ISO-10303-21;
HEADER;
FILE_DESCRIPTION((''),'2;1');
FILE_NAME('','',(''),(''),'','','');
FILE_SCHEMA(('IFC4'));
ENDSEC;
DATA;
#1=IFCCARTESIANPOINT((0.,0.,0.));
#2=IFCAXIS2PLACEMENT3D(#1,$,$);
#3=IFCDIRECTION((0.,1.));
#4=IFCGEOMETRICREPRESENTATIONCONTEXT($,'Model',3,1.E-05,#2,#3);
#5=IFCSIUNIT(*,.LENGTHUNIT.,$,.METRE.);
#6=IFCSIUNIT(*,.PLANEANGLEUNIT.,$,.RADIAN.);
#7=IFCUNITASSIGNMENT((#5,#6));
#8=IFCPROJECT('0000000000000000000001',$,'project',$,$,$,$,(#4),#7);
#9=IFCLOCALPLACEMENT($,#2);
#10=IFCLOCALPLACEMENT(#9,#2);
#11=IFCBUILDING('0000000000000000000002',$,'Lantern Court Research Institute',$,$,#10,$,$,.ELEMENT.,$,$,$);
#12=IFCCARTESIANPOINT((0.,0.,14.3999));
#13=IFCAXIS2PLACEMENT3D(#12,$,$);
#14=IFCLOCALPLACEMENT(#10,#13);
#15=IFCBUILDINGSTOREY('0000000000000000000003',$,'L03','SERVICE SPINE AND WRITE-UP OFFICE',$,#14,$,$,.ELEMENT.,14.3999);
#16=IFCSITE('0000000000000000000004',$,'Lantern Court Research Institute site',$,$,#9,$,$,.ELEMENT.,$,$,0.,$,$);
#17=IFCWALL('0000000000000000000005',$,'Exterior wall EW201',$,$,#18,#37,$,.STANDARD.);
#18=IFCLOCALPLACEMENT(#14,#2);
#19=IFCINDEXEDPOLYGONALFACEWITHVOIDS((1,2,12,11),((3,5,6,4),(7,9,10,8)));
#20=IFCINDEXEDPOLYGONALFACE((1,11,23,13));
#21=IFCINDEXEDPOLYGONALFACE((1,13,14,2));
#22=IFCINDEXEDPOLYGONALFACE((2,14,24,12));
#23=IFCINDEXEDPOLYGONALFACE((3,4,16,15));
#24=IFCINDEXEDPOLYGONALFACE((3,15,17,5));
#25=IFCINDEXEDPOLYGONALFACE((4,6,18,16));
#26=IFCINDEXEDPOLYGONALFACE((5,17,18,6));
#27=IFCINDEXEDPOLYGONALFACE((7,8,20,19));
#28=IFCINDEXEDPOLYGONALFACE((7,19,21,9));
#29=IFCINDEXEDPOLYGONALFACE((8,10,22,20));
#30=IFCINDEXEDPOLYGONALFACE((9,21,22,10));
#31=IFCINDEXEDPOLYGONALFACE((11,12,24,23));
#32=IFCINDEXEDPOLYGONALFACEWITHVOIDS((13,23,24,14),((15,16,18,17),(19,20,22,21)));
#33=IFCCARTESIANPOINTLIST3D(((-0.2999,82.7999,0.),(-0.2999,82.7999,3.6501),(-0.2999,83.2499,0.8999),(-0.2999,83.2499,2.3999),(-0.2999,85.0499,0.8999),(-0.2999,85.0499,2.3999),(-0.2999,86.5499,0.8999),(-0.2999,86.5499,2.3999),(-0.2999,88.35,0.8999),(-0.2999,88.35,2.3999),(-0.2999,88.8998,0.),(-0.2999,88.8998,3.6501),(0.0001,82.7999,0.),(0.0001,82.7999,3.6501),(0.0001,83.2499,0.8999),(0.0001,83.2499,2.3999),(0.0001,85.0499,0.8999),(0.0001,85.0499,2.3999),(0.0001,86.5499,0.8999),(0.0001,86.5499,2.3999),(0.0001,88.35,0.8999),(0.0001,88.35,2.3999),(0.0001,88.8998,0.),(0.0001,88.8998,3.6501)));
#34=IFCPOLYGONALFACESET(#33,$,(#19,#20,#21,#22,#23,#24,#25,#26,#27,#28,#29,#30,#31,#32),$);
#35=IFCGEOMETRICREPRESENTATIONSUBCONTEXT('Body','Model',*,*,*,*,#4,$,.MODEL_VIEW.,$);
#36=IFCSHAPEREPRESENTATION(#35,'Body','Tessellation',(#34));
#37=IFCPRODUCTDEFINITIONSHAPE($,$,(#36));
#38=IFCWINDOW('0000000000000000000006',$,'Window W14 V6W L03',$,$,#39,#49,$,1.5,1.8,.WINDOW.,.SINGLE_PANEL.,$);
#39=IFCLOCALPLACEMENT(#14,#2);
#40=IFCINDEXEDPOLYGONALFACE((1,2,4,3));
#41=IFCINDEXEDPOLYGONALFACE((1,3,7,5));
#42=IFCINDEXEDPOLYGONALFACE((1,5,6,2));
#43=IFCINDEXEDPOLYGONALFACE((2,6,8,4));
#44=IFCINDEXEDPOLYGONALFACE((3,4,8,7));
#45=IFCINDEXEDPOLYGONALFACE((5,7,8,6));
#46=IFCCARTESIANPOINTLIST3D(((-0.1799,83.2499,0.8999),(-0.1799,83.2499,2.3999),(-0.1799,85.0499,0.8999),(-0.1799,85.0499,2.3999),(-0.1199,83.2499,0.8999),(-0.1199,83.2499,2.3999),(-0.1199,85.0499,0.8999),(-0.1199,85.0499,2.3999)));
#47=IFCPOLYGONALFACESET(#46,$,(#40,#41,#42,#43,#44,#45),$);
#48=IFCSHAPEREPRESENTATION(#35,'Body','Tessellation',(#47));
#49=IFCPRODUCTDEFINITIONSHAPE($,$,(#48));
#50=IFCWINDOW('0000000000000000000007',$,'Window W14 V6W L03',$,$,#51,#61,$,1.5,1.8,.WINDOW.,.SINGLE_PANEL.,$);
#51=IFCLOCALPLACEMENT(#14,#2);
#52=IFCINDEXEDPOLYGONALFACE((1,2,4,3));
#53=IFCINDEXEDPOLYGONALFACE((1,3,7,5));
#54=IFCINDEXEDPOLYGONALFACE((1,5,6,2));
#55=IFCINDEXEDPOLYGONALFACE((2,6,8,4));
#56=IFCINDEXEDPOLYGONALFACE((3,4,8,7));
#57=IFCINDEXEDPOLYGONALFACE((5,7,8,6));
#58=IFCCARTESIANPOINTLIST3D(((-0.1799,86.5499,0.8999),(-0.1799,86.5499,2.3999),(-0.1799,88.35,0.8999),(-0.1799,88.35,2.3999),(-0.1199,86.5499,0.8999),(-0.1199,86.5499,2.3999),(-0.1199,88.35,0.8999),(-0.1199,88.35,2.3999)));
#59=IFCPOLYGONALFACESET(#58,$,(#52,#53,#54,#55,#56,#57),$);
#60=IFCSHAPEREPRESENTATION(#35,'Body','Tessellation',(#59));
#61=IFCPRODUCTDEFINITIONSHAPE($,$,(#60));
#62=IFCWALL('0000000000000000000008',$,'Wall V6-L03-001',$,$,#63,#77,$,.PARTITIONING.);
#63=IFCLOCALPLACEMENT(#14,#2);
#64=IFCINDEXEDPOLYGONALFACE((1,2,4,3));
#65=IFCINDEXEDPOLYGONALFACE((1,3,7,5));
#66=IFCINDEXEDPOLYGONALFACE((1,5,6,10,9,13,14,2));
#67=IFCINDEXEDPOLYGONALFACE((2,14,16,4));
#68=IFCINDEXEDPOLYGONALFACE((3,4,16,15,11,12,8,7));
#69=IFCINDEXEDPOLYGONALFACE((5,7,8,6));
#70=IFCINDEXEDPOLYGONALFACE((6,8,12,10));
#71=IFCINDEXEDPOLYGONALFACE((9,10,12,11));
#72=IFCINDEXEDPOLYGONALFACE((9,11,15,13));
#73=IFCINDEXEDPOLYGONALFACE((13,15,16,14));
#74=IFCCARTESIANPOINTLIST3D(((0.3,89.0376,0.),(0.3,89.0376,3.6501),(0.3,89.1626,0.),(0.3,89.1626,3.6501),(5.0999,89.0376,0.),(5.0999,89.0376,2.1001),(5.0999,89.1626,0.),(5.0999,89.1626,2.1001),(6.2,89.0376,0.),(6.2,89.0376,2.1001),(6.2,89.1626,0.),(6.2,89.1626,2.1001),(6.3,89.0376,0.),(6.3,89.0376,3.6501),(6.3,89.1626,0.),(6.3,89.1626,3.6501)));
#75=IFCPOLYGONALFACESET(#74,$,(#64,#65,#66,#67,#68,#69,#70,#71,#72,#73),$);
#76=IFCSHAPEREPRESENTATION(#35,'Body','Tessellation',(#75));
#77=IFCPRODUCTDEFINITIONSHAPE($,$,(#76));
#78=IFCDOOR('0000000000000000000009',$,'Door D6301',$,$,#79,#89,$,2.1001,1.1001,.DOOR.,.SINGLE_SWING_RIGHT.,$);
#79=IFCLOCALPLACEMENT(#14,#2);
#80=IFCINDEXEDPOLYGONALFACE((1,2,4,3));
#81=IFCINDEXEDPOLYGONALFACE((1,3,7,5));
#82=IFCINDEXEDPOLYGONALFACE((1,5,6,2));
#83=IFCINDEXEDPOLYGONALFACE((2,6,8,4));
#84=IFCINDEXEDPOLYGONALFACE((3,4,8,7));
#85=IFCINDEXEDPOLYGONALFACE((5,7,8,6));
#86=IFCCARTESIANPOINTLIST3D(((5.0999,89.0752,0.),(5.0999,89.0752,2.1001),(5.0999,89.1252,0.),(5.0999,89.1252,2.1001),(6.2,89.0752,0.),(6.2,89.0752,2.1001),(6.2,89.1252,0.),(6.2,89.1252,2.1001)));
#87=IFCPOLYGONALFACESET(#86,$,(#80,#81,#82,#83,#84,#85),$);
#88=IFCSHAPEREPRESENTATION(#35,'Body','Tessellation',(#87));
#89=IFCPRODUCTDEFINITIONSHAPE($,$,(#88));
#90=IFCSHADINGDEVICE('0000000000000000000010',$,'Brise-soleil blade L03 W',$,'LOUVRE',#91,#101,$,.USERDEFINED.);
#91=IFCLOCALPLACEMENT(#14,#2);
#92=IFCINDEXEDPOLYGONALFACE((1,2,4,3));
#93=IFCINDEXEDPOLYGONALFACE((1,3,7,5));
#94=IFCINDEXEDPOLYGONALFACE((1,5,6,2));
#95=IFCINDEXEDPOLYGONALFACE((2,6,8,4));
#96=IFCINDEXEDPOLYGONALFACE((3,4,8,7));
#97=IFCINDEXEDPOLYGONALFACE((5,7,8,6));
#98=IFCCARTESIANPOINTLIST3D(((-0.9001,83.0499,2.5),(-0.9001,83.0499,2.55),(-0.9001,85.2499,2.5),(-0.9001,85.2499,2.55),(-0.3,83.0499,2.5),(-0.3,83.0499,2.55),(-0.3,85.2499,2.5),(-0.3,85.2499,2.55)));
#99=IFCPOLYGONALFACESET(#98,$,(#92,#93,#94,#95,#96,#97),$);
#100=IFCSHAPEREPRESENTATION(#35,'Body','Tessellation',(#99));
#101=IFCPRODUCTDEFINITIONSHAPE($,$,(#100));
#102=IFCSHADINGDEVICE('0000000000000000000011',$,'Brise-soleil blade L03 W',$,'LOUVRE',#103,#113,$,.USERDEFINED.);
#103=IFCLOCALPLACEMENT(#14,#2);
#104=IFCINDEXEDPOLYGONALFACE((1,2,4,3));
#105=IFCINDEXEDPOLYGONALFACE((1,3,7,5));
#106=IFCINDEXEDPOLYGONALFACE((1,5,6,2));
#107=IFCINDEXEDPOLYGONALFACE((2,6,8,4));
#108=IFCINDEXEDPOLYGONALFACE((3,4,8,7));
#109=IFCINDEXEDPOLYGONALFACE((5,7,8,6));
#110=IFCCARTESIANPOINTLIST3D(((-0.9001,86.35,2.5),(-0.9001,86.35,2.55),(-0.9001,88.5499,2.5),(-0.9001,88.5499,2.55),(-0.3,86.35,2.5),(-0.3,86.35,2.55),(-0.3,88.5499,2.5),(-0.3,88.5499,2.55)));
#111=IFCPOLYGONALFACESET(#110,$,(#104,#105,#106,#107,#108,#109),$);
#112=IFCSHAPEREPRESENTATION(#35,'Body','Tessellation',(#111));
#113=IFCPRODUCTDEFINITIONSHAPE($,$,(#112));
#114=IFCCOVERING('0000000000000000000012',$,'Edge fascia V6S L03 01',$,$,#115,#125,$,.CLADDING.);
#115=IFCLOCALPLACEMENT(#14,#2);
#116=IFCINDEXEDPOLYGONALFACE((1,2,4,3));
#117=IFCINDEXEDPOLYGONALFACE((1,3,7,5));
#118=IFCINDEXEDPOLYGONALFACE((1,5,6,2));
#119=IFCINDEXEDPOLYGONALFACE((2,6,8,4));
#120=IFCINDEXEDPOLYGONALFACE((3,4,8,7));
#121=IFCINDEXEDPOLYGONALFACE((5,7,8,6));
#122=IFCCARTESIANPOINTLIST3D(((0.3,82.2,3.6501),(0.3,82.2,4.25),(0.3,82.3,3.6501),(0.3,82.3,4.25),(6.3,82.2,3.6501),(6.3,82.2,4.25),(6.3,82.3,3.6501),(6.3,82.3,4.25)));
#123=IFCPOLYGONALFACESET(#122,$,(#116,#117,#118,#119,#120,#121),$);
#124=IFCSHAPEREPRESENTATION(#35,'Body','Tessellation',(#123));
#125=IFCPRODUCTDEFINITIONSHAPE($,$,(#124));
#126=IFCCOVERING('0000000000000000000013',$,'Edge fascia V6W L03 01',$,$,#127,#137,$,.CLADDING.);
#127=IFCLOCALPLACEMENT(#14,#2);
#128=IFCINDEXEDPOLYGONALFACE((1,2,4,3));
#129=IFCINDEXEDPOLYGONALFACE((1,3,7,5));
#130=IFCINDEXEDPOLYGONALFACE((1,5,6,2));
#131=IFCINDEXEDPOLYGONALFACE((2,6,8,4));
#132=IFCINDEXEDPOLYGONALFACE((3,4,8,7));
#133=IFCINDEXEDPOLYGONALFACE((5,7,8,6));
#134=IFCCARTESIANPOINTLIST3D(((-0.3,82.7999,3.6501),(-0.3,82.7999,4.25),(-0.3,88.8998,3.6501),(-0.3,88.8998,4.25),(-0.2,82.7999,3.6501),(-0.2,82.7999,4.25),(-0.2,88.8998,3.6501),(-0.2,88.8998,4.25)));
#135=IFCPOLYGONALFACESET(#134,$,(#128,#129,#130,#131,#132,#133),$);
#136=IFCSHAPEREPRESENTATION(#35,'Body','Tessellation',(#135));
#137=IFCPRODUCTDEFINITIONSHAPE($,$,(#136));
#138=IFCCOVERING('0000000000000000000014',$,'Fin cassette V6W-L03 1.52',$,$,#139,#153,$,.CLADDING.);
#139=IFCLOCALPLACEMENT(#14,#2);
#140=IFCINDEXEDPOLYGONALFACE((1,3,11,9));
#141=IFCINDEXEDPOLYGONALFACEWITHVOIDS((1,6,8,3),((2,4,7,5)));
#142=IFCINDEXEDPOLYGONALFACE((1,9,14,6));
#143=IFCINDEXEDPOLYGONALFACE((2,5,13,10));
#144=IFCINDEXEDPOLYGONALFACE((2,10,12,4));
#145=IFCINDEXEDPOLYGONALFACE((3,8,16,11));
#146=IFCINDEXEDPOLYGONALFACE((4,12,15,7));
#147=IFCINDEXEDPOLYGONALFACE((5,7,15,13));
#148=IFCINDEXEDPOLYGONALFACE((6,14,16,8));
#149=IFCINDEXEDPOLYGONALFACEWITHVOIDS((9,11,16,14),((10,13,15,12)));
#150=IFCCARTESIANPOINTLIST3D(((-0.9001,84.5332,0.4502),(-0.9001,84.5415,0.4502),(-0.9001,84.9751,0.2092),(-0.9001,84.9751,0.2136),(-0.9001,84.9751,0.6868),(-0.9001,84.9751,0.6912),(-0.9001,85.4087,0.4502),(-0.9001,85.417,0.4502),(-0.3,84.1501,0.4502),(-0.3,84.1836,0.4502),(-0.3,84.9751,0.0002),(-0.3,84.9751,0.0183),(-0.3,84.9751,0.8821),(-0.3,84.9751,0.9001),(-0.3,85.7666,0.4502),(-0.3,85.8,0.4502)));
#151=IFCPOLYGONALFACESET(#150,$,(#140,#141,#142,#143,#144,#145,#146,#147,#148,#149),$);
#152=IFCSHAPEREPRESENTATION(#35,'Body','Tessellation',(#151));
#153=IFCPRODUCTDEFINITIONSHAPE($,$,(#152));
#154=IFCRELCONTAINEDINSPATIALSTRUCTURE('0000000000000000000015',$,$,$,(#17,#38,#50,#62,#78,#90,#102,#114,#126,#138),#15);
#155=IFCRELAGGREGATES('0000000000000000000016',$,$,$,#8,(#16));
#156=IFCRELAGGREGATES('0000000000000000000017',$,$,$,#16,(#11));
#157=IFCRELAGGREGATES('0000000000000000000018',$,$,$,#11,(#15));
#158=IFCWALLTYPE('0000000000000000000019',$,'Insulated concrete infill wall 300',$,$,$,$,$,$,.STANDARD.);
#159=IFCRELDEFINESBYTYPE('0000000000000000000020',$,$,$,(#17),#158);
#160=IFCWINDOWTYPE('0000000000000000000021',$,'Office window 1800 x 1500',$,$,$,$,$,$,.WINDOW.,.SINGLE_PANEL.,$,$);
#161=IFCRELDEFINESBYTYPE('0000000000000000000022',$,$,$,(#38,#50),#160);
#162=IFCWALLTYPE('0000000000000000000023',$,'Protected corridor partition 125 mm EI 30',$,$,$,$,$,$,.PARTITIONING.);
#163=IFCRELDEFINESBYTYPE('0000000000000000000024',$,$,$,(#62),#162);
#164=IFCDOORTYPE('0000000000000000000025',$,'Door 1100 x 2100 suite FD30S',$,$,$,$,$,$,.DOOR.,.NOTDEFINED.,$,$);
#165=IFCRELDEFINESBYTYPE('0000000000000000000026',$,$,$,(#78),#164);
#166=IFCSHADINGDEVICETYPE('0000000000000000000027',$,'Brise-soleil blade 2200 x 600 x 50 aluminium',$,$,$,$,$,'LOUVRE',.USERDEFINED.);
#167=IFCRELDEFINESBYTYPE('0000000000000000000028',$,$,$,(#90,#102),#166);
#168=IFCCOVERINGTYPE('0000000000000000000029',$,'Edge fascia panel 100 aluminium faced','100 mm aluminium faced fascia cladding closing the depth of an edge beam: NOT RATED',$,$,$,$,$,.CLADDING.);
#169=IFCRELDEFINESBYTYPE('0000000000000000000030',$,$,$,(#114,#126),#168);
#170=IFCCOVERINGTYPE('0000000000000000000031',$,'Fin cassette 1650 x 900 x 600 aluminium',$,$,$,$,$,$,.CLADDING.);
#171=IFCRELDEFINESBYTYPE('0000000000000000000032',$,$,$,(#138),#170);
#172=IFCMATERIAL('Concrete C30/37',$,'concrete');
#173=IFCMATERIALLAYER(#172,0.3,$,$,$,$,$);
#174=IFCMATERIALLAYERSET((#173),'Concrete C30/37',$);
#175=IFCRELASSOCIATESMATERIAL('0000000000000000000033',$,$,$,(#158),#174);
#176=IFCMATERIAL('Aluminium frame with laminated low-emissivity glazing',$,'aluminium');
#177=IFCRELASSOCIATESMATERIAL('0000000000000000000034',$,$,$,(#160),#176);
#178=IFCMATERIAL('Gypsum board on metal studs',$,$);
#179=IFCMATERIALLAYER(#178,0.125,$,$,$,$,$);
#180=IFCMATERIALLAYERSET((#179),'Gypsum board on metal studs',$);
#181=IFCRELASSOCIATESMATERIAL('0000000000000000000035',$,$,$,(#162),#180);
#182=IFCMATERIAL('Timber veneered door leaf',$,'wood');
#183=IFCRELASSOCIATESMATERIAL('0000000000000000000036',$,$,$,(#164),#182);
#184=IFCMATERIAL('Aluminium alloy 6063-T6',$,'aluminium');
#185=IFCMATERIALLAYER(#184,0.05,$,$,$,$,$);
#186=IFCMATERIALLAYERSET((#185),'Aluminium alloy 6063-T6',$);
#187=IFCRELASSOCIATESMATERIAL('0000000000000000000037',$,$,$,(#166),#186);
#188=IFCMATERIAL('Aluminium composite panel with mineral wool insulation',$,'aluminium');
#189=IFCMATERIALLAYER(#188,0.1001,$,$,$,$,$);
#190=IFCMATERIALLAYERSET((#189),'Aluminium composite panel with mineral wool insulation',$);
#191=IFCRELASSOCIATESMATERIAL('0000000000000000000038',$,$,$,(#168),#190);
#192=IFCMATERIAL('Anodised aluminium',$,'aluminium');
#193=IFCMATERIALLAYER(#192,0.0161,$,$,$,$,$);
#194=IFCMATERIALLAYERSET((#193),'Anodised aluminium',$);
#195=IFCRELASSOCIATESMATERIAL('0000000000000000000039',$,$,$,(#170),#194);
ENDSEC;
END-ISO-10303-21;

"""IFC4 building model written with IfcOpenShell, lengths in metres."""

from ifc_helpers import new_model, entity, si_unit, direction, frame, frame_2d, origin, origin_2d, place, context, subcontext, project, spatial, rectangle, extrude, material, layer, layer_set, type_object, element, fill, save


model = new_model("IFC4")

# Units and contexts
model_context = context("Model", 3, precision=1e-05, world=origin(), true_north=direction((0.0, 1.0)))
body_context = subcontext(model_context, "Body", "Model", "MODEL_VIEW")
ifc_project = project(units=[si_unit("LENGTHUNIT", "METRE"), si_unit("PLANEANGLEUNIT", "RADIAN")], contexts=[model_context])

# Site, building, storey
site_placement = place(None, origin())
site = spatial("IfcSite", under=ifc_project, at=site_placement, Name="Lantern Court Research Institute site", CompositionType="ELEMENT", RefElevation=0.0)
building_placement = place(site_placement, origin())
building = spatial("IfcBuilding", under=site, at=building_placement, Name="Lantern Court Research Institute", CompositionType="ELEMENT")
storey_placement = place(building_placement, frame((0.0, 0.0, 14.3999)))
storey = spatial("IfcBuildingStorey", under=building, at=storey_placement, Name="L03", Description="SERVICE SPINE AND WRITE-UP OFFICE", CompositionType="ELEMENT", Elevation=14.3999)

# Wall, openings, windows
ifc_material_1 = material(Name="Concrete C30/37", Category="concrete")
ifc_layer_1 = layer(ifc_material_1, 0.3)
ifc_layer_set_1 = layer_set([ifc_layer_1], Name="Concrete C30/37")
wall_type_1 = type_object("IfcWallType", Name="Insulated concrete infill wall 300", PredefinedType="STANDARD", material=ifc_layer_set_1)
ifc_material_2 = material(Name="Aluminium frame with laminated low-emissivity glazing", Category="aluminium")
window_type = type_object("IfcWindowType", Name="Office window 1800 x 1500", PartitioningType="SINGLE_PANEL", PredefinedType="WINDOW", material=ifc_material_2)
wall_1_placement = place(storey_placement, frame((-0.1499, 82.8, 0.0), z_axis=(0.0, 0.0, 1.0), x_axis=(0.0, 1.0, 0.0)))
wall_1 = element("IfcWall", 1, at=wall_1_placement, inside=storey, type_object=wall_type_1, Name="Exterior wall EW201", PredefinedType="STANDARD", context=body_context, shape_type="SweptSolid", body=[
    extrude(rectangle(XDim=6.0999, YDim=0.3, at=frame_2d((3.0498, 0.0))), origin(), (0.0, 0.0, 1.0), 3.6501),
])
opening_1_placement = place(wall_1_placement, frame((0.45, 0.0, 0.8999)))
opening_1 = element("IfcOpeningElement", 2, at=opening_1_placement, cuts=wall_1, PredefinedType="OPENING", context=body_context, shape_type="SweptSolid", body=[
    extrude(rectangle(XDim=1.8, YDim=1.5, at=frame_2d((0.8999, 0.75))), frame((0.0, 0.1599, 0.0), z_axis=(0.0, -1.0, 0.0), x_axis=(1.0, 0.0, 0.0)), (0.0, 0.0, 1.0), 0.3201),
])
opening_2_placement = place(wall_1_placement, frame((3.75, 0.0, 0.8999)))
opening_2 = element("IfcOpeningElement", 3, at=opening_2_placement, cuts=wall_1, PredefinedType="OPENING", context=body_context, shape_type="SweptSolid", body=[
    extrude(rectangle(XDim=1.8, YDim=1.5, at=frame_2d((0.8999, 0.75))), frame((0.0, 0.1599, 0.0), z_axis=(0.0, -1.0, 0.0), x_axis=(1.0, 0.0, 0.0)), (0.0, 0.0, 1.0), 0.3201),
])
window_1_placement = place(opening_1_placement, origin())
window_1 = element("IfcWindow", 4, at=window_1_placement, inside=storey, type_object=window_type, Name="Window W14 V6W L03", OverallHeight=1.5, OverallWidth=1.8, PartitioningType="SINGLE_PANEL", PredefinedType="WINDOW", context=body_context, shape_type="SweptSolid", body=[
    extrude(rectangle(XDim=1.8, YDim=1.5, at=frame_2d((0.8999, 0.75))), frame((0.0, 0.03, 0.0), z_axis=(0.0, -1.0, 0.0), x_axis=(1.0, 0.0, 0.0)), (0.0, 0.0, 1.0), 0.0601),
])
fill(opening_1, window_1)
window_2_placement = place(opening_2_placement, origin())
window_2 = element("IfcWindow", 5, at=window_2_placement, inside=storey, type_object=window_type, Name="Window W14 V6W L03", OverallHeight=1.5, OverallWidth=1.8, PartitioningType="SINGLE_PANEL", PredefinedType="WINDOW", context=body_context, shape_type="SweptSolid", body=[
    extrude(rectangle(XDim=1.8, YDim=1.5, at=frame_2d((0.8999, 0.75))), frame((0.0, 0.03, 0.0), z_axis=(0.0, -1.0, 0.0), x_axis=(1.0, 0.0, 0.0)), (0.0, 0.0, 1.0), 0.0601),
])
fill(opening_2, window_2)

# Wall, opening, door
ifc_material_3 = material(Name="Gypsum board on metal studs")
ifc_layer_2 = layer(ifc_material_3, 0.125)
ifc_layer_set_2 = layer_set([ifc_layer_2], Name="Gypsum board on metal studs")
wall_type_2 = type_object("IfcWallType", Name="Protected corridor partition 125 mm EI 30", PredefinedType="PARTITIONING", material=ifc_layer_set_2)
wall_2_placement = place(storey_placement, frame((6.3, 89.1001, 0.0), z_axis=(0.0, 0.0, 1.0), x_axis=(-1.0, 0.0, 0.0)))
wall_2 = element("IfcWall", 6, at=wall_2_placement, inside=storey, type_object=wall_type_2, Name="Wall V6-L03-001", PredefinedType="PARTITIONING", context=body_context, shape_type="SweptSolid", body=[
    extrude(rectangle(XDim=6.0, YDim=0.125, at=frame_2d((3.0, 0.0))), origin(), (0.0, 0.0, 1.0), 3.6501),
])
opening_3_placement = place(wall_2_placement, frame((0.1001, 0.0, 0.0)))
opening_3 = element("IfcOpeningElement", 7, at=opening_3_placement, cuts=wall_2, PredefinedType="OPENING", context=body_context, shape_type="SweptSolid", body=[
    extrude(rectangle(XDim=1.1001, YDim=2.1001, at=frame_2d((0.55, 1.05))), frame((0.0, 0.0725, 0.0), z_axis=(0.0, -1.0, 0.0), x_axis=(1.0, 0.0, 0.0)), (0.0, 0.0, 1.0), 0.145),
])
ifc_material_4 = material(Name="Timber veneered door leaf", Category="wood")
door_type = type_object("IfcDoorType", Name="Door 1100 x 2100 suite FD30S", OperationType="NOTDEFINED", PredefinedType="DOOR", material=ifc_material_4)
door_placement = place(opening_3_placement, origin())
door = element("IfcDoor", 8, at=door_placement, inside=storey, type_object=door_type, Name="Door D6301", OperationType="SINGLE_SWING_RIGHT", OverallHeight=2.1001, OverallWidth=1.1001, PredefinedType="DOOR", context=body_context, shape_type="SweptSolid", body=[
    extrude(rectangle(XDim=1.1001, YDim=2.1001, at=frame_2d((0.55, 1.05))), frame((0.0, 0.0249, 0.0), z_axis=(0.0, -1.0, 0.0), x_axis=(1.0, 0.0, 0.0)), (0.0, 0.0, 1.0), 0.05),
])
fill(opening_3, door)

# Shading devices
ifc_material_5 = material(Name="Aluminium alloy 6063-T6", Category="aluminium")
ifc_layer_3 = layer(ifc_material_5, 0.05)
ifc_layer_set_3 = layer_set([ifc_layer_3], Name="Aluminium alloy 6063-T6")
shading_device_type = type_object("IfcShadingDeviceType", Name="Brise-soleil blade 2200 x 600 x 50 aluminium", ElementType="LOUVRE", PredefinedType="USERDEFINED", material=ifc_layer_set_3)
for number, where, z_axis, x_axis, name in (
    (9, (-0.6001, 84.1499, 2.5), (0.0, 0.0, 1.0), (0.0, 1.0, 0.0), "Brise-soleil blade L03 W"),
    (10, (-0.6001, 87.45, 2.5), (0.0, 0.0, 1.0), (0.0, 1.0, 0.0), "Brise-soleil blade L03 W"),
):
    element("IfcShadingDevice", number, at=place(storey_placement, frame(where, z_axis=z_axis, x_axis=x_axis)), inside=storey, type_object=shading_device_type, Name=name, ObjectType="LOUVRE", PredefinedType="USERDEFINED", context=body_context, shape_type="SweptSolid", body=[
        extrude(rectangle(XDim=2.2, YDim=0.6001, at=origin_2d()), origin(), (0.0, 0.0, 1.0), 0.05),
    ])

# Coverings
ifc_material_6 = material(Name="Aluminium composite panel with mineral wool insulation", Category="aluminium")
ifc_layer_4 = layer(ifc_material_6, 0.1001)
ifc_layer_set_4 = layer_set([ifc_layer_4], Name="Aluminium composite panel with mineral wool insulation")
covering_type_1 = type_object("IfcCoveringType", Name="Edge fascia panel 100 aluminium faced", Description="100 mm aluminium faced fascia cladding closing the depth of an edge beam: NOT RATED", PredefinedType="CLADDING", material=ifc_layer_set_4)
covering_1_placement = place(storey_placement, frame((6.3, 82.25, 3.6501), z_axis=(0.0, 0.0, 1.0), x_axis=(-1.0, 0.0, 0.0)))
element("IfcCovering", 11, at=covering_1_placement, inside=storey, type_object=covering_type_1, Name="Edge fascia V6S L03 01", PredefinedType="CLADDING", context=body_context, shape_type="SweptSolid", body=[
    extrude(rectangle(XDim=6.0, YDim=0.1001, at=frame_2d((3.0, 0.0))), origin(), (0.0, 0.0, 1.0), 0.5999),
])
covering_2_placement = place(storey_placement, frame((-0.25, 82.8, 3.6501), z_axis=(0.0, 0.0, 1.0), x_axis=(0.0, 1.0, 0.0)))
element("IfcCovering", 12, at=covering_2_placement, inside=storey, type_object=covering_type_1, Name="Edge fascia V6W L03 01", PredefinedType="CLADDING", context=body_context, shape_type="SweptSolid", body=[
    extrude(rectangle(XDim=6.0999, YDim=0.1001, at=frame_2d((3.0498, 0.0))), origin(), (0.0, 0.0, 1.0), 0.5999),
])
ifc_material_7 = material(Name="Anodised aluminium", Category="aluminium")
ifc_layer_5 = layer(ifc_material_7, 0.0161)
ifc_layer_set_5 = layer_set([ifc_layer_5], Name="Anodised aluminium")
covering_type_2 = type_object("IfcCoveringType", Name="Fin cassette 1650 x 900 x 600 aluminium", PredefinedType="CLADDING", material=ifc_layer_set_5)
covering_3_placement = place(storey_placement, frame((-0.3, 84.9751, 0.4502), z_axis=(-1.0, 0.0, 0.0), x_axis=(0.0, -1.0, 0.0)))
cartesian_point_1 = entity("IfcCartesianPoint", [0.825, 0.0])
cartesian_point_2 = entity("IfcCartesianPoint", [0.7915, 0.0])
cartesian_point_3 = entity("IfcCartesianPoint", [0.4419, 0.0])
cartesian_point_4 = entity("IfcCartesianPoint", [0.4336, 0.0])
element("IfcCovering", 13, at=covering_3_placement, inside=storey, type_object=covering_type_2, Name="Fin cassette V6W-L03 1.52", PredefinedType="CLADDING", context=body_context, shape_type="SweptSolid", body=[
    entity("IfcExtrudedAreaSolidTapered", entity("IfcArbitraryProfileDefWithVoids", "AREA", None, entity("IfcPolyline", [cartesian_point_1, entity("IfcCartesianPoint", [0.0, 0.45]), entity("IfcCartesianPoint", [-0.825, 0.0]), entity("IfcCartesianPoint", [0.0, -0.45]), cartesian_point_1]), [entity("IfcPolyline", [cartesian_point_2, entity("IfcCartesianPoint", [0.0, 0.4319]), entity("IfcCartesianPoint", [-0.7915, 0.0]), entity("IfcCartesianPoint", [0.0, -0.4319]), cartesian_point_2])]), entity("IfcAxis2Placement3D", entity("IfcCartesianPoint", [0.0, 0.0, 0.0])), entity("IfcDirection", [0.0, 0.0, 1.0]), 0.6001, entity("IfcArbitraryProfileDefWithVoids", "AREA", None, entity("IfcPolyline", [cartesian_point_3, entity("IfcCartesianPoint", [0.0, 0.241]), entity("IfcCartesianPoint", [-0.4419, 0.0]), entity("IfcCartesianPoint", [0.0, -0.241]), cartesian_point_3]), [entity("IfcPolyline", [cartesian_point_4, entity("IfcCartesianPoint", [0.0, 0.2366]), entity("IfcCartesianPoint", [-0.4336, 0.0]), entity("IfcCartesianPoint", [0.0, -0.2366]), cartesian_point_4])])),
])

save(model, "model.ifc")
